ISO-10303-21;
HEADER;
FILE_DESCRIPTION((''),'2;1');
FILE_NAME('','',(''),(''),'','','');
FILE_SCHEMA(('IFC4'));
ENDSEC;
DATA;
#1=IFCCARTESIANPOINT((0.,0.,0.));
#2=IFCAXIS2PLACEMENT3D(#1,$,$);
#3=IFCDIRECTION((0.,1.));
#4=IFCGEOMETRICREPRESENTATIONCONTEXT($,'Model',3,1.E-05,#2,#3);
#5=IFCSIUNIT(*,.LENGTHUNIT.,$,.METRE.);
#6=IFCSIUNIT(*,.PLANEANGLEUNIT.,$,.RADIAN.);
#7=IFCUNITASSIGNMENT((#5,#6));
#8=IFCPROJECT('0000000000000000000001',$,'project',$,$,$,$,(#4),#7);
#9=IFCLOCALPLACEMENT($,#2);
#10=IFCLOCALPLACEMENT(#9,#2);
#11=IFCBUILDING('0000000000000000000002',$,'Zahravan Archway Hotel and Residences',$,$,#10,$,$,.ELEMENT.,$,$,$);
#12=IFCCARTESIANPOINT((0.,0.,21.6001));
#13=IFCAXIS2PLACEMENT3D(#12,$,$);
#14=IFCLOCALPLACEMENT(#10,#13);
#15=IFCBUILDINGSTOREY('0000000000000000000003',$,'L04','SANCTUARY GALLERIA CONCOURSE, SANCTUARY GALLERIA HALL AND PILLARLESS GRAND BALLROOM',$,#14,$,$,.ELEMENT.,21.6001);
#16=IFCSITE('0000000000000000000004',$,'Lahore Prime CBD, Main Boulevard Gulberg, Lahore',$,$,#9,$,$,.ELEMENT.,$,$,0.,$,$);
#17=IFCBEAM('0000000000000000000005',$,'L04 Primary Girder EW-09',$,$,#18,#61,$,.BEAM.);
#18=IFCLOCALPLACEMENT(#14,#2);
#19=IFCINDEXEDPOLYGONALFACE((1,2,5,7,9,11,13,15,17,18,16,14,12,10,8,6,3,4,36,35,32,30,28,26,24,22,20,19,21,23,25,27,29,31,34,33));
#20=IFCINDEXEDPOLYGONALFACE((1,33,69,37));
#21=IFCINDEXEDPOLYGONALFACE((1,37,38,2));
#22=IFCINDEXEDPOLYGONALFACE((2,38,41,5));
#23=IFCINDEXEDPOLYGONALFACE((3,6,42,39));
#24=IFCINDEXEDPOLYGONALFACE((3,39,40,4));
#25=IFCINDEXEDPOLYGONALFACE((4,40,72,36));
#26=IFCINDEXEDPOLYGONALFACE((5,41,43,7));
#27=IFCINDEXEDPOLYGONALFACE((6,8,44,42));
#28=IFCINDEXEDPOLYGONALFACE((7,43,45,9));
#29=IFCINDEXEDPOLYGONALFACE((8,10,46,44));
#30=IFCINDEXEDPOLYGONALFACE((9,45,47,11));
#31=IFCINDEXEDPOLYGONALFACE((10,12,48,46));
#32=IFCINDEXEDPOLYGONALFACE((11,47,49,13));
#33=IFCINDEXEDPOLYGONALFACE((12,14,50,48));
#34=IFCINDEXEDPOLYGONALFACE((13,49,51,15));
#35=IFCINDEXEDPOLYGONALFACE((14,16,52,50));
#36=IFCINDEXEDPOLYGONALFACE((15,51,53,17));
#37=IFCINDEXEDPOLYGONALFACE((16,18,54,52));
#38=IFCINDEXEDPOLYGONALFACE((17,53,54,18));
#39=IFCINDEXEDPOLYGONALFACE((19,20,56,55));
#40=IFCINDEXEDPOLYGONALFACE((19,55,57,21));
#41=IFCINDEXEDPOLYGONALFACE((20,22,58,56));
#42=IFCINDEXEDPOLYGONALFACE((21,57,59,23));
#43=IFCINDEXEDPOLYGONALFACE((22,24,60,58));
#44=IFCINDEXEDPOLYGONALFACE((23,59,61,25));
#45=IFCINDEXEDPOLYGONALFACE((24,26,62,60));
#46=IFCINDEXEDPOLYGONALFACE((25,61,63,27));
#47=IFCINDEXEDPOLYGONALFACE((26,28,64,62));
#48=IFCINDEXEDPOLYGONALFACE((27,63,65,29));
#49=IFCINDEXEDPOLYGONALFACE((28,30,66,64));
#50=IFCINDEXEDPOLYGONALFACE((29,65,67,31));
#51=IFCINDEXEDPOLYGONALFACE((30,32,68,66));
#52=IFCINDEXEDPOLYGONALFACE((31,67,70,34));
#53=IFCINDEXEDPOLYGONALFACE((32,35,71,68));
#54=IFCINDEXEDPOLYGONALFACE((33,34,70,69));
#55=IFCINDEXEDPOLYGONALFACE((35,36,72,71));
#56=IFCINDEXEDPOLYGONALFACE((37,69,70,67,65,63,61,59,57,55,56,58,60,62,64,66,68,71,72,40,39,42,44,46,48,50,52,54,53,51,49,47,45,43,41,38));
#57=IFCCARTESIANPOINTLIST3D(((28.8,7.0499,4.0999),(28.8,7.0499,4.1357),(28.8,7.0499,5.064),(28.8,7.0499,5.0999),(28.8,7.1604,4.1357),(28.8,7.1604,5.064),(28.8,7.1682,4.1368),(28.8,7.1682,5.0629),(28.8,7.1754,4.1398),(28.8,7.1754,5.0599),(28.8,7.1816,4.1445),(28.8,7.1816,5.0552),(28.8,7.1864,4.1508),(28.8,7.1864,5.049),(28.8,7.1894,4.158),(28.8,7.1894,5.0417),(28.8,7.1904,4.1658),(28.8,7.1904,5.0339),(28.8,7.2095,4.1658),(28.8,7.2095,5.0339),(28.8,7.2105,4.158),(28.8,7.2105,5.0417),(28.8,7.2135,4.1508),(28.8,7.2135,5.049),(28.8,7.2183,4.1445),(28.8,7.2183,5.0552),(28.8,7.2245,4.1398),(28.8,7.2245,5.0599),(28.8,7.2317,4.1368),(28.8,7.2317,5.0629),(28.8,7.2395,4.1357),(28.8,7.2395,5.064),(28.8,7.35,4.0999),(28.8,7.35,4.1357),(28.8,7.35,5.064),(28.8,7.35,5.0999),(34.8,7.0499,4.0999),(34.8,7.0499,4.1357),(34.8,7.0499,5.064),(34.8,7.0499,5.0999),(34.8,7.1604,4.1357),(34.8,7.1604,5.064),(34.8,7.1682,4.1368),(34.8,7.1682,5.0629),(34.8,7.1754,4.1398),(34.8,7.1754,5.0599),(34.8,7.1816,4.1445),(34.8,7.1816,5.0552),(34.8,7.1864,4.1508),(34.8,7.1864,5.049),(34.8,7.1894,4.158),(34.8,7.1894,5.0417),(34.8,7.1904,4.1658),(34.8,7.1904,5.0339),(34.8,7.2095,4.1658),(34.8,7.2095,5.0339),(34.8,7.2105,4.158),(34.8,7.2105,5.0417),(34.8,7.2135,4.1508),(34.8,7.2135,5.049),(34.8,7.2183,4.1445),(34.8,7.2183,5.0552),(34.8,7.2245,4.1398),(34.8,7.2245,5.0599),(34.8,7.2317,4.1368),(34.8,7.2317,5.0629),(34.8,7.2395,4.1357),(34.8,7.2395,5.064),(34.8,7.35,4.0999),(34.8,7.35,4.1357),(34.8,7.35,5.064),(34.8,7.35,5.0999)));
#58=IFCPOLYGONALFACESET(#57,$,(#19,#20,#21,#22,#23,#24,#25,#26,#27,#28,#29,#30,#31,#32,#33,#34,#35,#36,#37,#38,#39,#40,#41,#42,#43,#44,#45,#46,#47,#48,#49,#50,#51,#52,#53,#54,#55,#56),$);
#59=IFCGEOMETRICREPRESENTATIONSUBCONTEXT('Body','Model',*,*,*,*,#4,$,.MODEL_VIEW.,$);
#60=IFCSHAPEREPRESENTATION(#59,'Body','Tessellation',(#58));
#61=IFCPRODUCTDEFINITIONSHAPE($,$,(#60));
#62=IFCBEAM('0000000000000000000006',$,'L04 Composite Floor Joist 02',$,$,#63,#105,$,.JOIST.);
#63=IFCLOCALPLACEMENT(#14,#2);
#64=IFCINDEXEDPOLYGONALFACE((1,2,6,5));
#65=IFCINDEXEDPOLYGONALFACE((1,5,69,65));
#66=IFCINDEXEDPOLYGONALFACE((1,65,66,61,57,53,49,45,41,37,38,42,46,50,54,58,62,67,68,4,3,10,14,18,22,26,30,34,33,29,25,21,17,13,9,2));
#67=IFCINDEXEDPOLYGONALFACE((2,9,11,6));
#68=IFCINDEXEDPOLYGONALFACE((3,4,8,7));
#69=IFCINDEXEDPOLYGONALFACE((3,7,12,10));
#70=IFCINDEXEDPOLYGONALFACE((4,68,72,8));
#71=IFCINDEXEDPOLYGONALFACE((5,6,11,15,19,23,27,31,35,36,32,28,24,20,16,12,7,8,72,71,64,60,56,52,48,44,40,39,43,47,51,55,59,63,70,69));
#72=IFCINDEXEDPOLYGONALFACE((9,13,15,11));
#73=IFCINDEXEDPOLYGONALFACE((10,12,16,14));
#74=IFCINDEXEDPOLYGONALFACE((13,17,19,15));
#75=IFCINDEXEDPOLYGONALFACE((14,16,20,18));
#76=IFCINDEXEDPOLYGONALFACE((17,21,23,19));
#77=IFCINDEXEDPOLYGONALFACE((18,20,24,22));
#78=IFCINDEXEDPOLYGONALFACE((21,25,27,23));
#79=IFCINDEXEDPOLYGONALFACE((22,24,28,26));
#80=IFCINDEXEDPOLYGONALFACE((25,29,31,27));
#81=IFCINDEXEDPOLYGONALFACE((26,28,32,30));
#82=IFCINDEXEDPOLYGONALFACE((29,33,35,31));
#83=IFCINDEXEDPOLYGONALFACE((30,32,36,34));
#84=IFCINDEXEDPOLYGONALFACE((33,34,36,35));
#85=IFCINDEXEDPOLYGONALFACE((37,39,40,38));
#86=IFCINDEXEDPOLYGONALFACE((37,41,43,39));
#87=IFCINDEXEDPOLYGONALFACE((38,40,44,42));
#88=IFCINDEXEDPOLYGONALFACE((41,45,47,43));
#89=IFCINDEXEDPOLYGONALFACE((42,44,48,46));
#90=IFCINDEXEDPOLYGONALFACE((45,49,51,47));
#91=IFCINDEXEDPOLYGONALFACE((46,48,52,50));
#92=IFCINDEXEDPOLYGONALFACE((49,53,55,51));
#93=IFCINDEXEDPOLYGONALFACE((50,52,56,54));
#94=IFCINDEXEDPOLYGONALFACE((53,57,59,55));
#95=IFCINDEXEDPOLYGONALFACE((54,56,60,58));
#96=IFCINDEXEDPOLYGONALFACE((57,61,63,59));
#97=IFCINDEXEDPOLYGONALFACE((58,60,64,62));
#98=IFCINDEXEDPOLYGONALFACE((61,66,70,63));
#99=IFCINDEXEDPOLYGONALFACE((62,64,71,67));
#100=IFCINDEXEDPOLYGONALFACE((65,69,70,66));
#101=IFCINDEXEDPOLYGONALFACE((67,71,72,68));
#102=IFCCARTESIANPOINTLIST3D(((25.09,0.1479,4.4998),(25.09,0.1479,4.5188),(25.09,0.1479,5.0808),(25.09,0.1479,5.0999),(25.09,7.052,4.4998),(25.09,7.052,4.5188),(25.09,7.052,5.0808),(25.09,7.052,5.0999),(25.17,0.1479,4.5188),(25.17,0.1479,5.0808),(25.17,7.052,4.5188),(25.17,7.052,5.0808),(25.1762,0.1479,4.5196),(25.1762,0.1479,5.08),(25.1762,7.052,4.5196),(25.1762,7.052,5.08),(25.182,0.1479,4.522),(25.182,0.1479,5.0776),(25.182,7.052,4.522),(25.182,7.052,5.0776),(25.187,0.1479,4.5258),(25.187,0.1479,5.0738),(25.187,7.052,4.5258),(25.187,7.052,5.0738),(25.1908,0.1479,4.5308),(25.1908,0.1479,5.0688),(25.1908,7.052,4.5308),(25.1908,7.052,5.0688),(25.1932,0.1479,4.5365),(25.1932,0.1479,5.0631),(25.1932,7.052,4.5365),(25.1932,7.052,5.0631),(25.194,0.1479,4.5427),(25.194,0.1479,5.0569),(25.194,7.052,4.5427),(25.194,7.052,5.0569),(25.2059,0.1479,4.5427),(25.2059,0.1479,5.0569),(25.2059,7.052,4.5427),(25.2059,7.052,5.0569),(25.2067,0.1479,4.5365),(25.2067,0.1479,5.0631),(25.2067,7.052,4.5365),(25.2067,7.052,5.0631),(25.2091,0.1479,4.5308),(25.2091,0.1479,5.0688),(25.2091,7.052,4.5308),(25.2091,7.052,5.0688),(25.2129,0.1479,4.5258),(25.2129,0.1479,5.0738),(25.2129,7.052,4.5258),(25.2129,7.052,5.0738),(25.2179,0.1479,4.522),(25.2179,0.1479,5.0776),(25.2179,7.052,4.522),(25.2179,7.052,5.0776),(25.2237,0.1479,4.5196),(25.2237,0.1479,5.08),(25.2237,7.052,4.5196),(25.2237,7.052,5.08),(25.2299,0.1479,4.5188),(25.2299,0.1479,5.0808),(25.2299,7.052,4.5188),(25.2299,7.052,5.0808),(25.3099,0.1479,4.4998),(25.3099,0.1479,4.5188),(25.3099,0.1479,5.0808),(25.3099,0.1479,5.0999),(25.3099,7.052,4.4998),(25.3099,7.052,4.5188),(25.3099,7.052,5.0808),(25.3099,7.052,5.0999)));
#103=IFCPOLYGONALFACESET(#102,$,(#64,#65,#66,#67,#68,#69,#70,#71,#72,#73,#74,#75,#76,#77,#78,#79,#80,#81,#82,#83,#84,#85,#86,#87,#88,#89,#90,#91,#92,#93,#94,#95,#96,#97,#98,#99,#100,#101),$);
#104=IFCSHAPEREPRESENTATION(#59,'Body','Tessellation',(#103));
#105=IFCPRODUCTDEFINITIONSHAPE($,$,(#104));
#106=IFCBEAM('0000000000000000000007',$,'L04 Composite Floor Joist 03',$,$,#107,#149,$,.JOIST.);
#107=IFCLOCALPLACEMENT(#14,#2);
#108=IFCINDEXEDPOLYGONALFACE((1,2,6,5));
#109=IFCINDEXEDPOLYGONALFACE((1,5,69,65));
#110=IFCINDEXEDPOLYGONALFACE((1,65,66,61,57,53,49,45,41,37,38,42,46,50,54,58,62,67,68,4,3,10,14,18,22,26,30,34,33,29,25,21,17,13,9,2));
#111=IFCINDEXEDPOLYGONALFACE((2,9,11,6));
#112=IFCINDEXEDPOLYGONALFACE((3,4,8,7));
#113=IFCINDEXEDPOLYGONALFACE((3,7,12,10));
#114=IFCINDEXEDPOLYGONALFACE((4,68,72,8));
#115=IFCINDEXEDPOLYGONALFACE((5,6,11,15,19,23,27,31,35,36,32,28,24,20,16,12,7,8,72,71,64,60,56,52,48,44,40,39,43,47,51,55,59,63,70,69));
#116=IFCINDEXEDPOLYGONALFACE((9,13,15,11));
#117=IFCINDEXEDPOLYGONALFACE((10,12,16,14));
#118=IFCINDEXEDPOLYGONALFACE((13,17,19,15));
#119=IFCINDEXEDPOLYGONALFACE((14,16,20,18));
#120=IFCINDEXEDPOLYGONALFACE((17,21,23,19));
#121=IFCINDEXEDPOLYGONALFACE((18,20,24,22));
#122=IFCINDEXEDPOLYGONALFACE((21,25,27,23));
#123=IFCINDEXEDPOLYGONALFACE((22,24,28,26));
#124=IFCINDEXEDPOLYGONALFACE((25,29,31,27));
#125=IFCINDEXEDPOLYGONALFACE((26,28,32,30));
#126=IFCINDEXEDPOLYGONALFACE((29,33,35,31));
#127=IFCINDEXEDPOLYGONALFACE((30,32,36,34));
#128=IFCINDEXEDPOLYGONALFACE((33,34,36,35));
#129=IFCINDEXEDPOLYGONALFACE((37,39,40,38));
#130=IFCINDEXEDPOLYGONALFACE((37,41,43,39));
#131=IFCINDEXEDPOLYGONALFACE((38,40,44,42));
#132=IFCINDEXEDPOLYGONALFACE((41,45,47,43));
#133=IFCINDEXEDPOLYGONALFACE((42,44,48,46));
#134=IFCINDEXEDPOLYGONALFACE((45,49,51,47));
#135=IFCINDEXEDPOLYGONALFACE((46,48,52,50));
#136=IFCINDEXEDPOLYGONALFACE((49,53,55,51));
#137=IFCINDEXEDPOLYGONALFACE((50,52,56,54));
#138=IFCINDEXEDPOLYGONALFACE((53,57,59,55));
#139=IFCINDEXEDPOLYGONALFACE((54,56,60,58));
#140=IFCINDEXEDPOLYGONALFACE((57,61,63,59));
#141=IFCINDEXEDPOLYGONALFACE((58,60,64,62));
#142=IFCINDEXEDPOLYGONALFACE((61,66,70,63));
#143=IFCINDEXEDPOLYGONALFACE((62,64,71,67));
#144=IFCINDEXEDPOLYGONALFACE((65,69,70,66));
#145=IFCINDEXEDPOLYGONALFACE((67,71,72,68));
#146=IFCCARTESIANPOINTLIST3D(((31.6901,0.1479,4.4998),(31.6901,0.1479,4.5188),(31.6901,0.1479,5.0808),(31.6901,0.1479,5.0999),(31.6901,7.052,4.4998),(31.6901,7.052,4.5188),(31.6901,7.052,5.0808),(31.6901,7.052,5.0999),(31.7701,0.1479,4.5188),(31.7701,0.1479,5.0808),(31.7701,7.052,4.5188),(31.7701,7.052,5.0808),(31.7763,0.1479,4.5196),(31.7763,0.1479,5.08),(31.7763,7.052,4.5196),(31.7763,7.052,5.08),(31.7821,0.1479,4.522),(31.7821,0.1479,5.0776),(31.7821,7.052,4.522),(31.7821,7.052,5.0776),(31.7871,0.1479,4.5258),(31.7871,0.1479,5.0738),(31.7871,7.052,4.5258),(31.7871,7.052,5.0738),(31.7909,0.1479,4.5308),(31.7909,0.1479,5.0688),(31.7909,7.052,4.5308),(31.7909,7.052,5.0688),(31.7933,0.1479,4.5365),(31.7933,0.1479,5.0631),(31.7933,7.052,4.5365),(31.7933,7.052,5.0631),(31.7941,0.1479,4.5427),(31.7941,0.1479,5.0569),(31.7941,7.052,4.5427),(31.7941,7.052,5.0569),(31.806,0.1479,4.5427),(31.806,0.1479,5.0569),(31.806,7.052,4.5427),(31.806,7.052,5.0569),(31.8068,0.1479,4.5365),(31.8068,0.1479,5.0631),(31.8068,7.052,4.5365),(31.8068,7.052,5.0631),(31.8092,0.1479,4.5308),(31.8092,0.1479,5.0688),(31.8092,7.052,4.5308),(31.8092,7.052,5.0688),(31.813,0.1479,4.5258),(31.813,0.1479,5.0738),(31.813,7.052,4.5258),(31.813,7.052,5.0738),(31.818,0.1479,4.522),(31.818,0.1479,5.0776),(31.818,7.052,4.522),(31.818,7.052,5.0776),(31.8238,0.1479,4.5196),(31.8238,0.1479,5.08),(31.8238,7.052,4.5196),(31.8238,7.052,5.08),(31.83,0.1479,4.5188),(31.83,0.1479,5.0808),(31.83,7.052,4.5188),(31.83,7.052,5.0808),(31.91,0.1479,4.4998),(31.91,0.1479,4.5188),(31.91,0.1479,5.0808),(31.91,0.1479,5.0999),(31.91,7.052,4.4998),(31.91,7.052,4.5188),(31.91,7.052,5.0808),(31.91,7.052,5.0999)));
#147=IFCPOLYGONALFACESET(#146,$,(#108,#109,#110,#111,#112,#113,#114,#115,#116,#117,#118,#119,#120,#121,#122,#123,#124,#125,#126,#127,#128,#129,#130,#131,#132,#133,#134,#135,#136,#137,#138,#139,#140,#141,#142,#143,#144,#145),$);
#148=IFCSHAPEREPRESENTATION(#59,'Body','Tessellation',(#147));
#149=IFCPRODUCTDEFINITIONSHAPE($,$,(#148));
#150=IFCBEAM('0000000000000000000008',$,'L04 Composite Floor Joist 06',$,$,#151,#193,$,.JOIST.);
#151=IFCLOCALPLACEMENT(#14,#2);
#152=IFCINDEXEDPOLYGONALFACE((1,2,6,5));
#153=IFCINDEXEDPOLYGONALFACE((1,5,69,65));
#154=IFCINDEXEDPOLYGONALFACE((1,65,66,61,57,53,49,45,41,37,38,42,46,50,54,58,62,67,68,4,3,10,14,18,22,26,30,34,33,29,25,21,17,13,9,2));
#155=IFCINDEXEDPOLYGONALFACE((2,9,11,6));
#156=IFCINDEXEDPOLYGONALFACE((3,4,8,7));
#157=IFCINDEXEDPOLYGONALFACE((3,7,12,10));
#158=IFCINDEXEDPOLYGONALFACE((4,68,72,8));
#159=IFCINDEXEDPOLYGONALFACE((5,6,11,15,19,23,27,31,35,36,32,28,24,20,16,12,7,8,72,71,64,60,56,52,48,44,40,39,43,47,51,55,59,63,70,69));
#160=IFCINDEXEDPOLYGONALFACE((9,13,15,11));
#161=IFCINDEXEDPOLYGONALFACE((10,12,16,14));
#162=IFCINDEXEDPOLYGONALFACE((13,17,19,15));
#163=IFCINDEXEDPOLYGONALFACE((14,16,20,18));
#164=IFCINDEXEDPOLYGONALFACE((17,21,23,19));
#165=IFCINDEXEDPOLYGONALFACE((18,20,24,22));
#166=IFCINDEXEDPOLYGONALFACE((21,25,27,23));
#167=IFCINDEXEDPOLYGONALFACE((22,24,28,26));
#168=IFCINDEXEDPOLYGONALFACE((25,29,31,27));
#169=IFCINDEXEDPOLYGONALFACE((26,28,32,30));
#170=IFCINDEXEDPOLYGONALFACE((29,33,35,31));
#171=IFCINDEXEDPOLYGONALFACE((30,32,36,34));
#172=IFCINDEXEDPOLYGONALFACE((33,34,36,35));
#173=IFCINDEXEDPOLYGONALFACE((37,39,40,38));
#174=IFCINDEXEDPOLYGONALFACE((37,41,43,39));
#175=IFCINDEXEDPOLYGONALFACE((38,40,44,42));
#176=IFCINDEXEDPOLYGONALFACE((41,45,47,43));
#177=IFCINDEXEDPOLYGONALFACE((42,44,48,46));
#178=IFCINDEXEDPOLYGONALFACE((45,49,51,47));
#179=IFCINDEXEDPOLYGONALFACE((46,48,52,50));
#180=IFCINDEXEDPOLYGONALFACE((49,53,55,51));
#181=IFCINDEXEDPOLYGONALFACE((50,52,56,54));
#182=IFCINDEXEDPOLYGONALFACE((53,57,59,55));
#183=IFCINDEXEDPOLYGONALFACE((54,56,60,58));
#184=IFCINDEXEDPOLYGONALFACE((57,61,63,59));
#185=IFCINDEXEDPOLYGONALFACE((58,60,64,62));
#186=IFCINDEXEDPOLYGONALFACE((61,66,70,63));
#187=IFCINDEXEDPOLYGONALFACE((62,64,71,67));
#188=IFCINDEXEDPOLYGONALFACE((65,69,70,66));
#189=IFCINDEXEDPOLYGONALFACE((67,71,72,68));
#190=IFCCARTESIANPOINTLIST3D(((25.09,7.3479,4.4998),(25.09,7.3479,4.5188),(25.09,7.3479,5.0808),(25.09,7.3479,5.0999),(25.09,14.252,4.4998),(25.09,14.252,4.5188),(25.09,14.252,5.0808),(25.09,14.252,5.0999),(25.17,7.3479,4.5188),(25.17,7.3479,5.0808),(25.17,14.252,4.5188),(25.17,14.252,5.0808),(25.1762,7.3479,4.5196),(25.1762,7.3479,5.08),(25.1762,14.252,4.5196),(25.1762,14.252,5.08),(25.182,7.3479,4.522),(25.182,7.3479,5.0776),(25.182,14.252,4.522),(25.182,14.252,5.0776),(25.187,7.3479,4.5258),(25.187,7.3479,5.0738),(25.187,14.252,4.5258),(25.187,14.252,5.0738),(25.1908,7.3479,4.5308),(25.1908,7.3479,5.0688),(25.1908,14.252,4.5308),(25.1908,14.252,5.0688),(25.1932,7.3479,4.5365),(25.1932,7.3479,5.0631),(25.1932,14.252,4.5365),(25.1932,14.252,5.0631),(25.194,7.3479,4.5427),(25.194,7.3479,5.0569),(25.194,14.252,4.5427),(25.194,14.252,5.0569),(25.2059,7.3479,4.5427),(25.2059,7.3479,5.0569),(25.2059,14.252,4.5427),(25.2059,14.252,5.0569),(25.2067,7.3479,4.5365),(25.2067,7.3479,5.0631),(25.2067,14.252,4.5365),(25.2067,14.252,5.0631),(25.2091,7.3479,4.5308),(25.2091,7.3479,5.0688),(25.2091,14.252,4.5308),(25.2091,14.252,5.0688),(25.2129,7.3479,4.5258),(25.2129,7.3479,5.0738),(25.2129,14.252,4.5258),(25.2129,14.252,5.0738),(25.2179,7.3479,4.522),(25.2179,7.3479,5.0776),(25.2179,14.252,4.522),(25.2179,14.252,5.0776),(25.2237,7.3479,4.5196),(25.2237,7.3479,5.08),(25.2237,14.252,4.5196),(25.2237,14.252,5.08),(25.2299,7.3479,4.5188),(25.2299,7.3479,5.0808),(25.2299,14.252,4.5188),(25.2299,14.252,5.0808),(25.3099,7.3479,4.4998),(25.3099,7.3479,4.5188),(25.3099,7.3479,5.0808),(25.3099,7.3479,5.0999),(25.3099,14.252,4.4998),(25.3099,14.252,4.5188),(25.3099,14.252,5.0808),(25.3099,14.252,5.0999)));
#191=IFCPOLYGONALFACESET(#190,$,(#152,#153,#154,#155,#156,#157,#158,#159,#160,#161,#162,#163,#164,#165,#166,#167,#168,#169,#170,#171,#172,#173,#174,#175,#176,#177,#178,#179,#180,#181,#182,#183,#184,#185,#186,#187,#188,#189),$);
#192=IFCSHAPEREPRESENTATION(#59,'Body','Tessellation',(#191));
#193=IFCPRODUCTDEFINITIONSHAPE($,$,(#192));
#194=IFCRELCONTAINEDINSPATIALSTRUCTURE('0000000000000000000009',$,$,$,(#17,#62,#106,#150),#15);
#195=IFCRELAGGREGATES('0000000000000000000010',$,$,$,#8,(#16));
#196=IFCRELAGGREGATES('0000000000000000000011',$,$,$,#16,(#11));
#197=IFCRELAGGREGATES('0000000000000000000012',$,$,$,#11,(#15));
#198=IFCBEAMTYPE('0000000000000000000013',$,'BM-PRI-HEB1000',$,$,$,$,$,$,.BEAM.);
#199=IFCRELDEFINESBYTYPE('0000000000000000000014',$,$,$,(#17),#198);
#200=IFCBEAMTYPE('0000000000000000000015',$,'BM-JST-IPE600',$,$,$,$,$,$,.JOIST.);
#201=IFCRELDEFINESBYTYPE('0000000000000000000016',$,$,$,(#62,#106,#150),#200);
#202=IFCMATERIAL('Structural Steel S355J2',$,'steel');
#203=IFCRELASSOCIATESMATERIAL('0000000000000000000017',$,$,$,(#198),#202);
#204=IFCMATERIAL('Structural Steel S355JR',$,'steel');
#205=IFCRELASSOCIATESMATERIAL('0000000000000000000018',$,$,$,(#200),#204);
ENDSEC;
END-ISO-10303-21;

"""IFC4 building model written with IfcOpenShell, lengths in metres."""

from ifc_helpers import new_model, si_unit, direction, frame, origin, origin_2d, place, context, subcontext, project, spatial, i_section, extrude, source, transform, mapped, material, material_profile, profile_set, type_object, type_shapes, element, save


model = new_model("IFC4")

# Units and contexts
model_context = context("Model", 3, precision=1e-05, world=origin(), true_north=direction((0.0, 1.0)))
body_context = subcontext(model_context, "Body", "Model", "MODEL_VIEW")
ifc_project = project(units=[si_unit("LENGTHUNIT", "METRE"), si_unit("PLANEANGLEUNIT", "RADIAN")], contexts=[model_context])

# Site, building, storey
site_placement = place(None, origin())
site = spatial("IfcSite", under=ifc_project, at=site_placement, Name="Lahore Prime CBD, Main Boulevard Gulberg, Lahore", CompositionType="ELEMENT", RefElevation=0.0)
building_placement = place(site_placement, origin())
building = spatial("IfcBuilding", under=site, at=building_placement, Name="Zahravan Archway Hotel and Residences", CompositionType="ELEMENT")
storey_placement = place(building_placement, frame((0.0, 0.0, 21.6001)))
storey = spatial("IfcBuildingStorey", under=building, at=storey_placement, Name="L04", Description="SANCTUARY GALLERIA CONCOURSE, SANCTUARY GALLERIA HALL AND PILLARLESS GRAND BALLROOM", CompositionType="ELEMENT", Elevation=21.6001)

# Beams
ifc_material_1 = material(Name="Structural Steel S355J2", Category="steel")
ifc_material_profile_1 = material_profile(ifc_material_1, i_section(OverallWidth=0.3, OverallDepth=1.0, WebThickness=0.019, FlangeThickness=0.0359, FilletRadius=0.03, at=origin_2d()), Name="HEB 1000", Category="steel")
ifc_profile_set_1 = profile_set([ifc_material_profile_1], Name="Structural Steel S355J2")
beam_type_1 = type_object("IfcBeamType", Name="BM-PRI-HEB1000", PredefinedType="BEAM", material=ifc_profile_set_1)
shared_shape_1 = source(origin(), body_context, "Body", "SweptSolid", [
    extrude(i_section(OverallWidth=0.3, OverallDepth=1.0, WebThickness=0.019, FlangeThickness=0.0359, FilletRadius=0.03, at=origin_2d()), origin(), (0.0, 0.0, 1.0), 6.0),
])
for number, where, z_axis, x_axis, name in (
    (1, (28.8, 7.2, 4.5999), (1.0, 0.0, 0.0), (0.0, 1.0, 0.0), "L04 Primary Girder EW-09"),
):
    element("IfcBeam", number, at=place(storey_placement, frame(where, z_axis=z_axis, x_axis=x_axis)), inside=storey, type_object=beam_type_1, Name=name, PredefinedType="BEAM", context=body_context, shape_type="MappedRepresentation", body=[
        mapped(shared_shape_1, transform((0.0, 0.0, 0.0), scale=1.0)),
    ])
ifc_material_2 = material(Name="Structural Steel S355JR", Category="steel")
ifc_material_profile_2 = material_profile(ifc_material_2, i_section(OverallWidth=0.22, OverallDepth=0.6001, WebThickness=0.012, FlangeThickness=0.019, FilletRadius=0.0239, at=origin_2d()), Name="IPE 600", Category="steel")
ifc_profile_set_2 = profile_set([ifc_material_profile_2], Name="Structural Steel S355JR")
beam_type_2 = type_object("IfcBeamType", Name="BM-JST-IPE600", PredefinedType="JOIST", material=ifc_profile_set_2)
shared_shape_2 = source(origin(), body_context, "Body", "SweptSolid", [
    extrude(i_section(OverallWidth=0.22, OverallDepth=0.6001, WebThickness=0.012, FlangeThickness=0.019, FilletRadius=0.0239, at=origin_2d()), origin(), (0.0, 0.0, 1.0), 6.9041),
])
type_shapes(beam_type_2, [shared_shape_2])
for number, where, z_axis, x_axis, name in (
    (2, (25.2, 0.1479, 4.7998), (0.0, 1.0, 0.0), (-1.0, 0.0, 0.0), "L04 Composite Floor Joist 02"),
    (3, (31.8, 0.1479, 4.7998), (0.0, 1.0, 0.0), (-1.0, 0.0, 0.0), "L04 Composite Floor Joist 03"),
    (4, (25.2, 7.3479, 4.7998), (0.0, 1.0, 0.0), (-1.0, 0.0, 0.0), "L04 Composite Floor Joist 06"),
):
    element("IfcBeam", number, at=place(storey_placement, frame(where, z_axis=z_axis, x_axis=x_axis)), inside=storey, type_object=beam_type_2, Name=name, PredefinedType="JOIST", context=body_context, shape_type="MappedRepresentation", body=[
        mapped(shared_shape_2, transform((0.0, 0.0, 0.0), scale=1.0)),
    ])

save(model, "model.ifc")
